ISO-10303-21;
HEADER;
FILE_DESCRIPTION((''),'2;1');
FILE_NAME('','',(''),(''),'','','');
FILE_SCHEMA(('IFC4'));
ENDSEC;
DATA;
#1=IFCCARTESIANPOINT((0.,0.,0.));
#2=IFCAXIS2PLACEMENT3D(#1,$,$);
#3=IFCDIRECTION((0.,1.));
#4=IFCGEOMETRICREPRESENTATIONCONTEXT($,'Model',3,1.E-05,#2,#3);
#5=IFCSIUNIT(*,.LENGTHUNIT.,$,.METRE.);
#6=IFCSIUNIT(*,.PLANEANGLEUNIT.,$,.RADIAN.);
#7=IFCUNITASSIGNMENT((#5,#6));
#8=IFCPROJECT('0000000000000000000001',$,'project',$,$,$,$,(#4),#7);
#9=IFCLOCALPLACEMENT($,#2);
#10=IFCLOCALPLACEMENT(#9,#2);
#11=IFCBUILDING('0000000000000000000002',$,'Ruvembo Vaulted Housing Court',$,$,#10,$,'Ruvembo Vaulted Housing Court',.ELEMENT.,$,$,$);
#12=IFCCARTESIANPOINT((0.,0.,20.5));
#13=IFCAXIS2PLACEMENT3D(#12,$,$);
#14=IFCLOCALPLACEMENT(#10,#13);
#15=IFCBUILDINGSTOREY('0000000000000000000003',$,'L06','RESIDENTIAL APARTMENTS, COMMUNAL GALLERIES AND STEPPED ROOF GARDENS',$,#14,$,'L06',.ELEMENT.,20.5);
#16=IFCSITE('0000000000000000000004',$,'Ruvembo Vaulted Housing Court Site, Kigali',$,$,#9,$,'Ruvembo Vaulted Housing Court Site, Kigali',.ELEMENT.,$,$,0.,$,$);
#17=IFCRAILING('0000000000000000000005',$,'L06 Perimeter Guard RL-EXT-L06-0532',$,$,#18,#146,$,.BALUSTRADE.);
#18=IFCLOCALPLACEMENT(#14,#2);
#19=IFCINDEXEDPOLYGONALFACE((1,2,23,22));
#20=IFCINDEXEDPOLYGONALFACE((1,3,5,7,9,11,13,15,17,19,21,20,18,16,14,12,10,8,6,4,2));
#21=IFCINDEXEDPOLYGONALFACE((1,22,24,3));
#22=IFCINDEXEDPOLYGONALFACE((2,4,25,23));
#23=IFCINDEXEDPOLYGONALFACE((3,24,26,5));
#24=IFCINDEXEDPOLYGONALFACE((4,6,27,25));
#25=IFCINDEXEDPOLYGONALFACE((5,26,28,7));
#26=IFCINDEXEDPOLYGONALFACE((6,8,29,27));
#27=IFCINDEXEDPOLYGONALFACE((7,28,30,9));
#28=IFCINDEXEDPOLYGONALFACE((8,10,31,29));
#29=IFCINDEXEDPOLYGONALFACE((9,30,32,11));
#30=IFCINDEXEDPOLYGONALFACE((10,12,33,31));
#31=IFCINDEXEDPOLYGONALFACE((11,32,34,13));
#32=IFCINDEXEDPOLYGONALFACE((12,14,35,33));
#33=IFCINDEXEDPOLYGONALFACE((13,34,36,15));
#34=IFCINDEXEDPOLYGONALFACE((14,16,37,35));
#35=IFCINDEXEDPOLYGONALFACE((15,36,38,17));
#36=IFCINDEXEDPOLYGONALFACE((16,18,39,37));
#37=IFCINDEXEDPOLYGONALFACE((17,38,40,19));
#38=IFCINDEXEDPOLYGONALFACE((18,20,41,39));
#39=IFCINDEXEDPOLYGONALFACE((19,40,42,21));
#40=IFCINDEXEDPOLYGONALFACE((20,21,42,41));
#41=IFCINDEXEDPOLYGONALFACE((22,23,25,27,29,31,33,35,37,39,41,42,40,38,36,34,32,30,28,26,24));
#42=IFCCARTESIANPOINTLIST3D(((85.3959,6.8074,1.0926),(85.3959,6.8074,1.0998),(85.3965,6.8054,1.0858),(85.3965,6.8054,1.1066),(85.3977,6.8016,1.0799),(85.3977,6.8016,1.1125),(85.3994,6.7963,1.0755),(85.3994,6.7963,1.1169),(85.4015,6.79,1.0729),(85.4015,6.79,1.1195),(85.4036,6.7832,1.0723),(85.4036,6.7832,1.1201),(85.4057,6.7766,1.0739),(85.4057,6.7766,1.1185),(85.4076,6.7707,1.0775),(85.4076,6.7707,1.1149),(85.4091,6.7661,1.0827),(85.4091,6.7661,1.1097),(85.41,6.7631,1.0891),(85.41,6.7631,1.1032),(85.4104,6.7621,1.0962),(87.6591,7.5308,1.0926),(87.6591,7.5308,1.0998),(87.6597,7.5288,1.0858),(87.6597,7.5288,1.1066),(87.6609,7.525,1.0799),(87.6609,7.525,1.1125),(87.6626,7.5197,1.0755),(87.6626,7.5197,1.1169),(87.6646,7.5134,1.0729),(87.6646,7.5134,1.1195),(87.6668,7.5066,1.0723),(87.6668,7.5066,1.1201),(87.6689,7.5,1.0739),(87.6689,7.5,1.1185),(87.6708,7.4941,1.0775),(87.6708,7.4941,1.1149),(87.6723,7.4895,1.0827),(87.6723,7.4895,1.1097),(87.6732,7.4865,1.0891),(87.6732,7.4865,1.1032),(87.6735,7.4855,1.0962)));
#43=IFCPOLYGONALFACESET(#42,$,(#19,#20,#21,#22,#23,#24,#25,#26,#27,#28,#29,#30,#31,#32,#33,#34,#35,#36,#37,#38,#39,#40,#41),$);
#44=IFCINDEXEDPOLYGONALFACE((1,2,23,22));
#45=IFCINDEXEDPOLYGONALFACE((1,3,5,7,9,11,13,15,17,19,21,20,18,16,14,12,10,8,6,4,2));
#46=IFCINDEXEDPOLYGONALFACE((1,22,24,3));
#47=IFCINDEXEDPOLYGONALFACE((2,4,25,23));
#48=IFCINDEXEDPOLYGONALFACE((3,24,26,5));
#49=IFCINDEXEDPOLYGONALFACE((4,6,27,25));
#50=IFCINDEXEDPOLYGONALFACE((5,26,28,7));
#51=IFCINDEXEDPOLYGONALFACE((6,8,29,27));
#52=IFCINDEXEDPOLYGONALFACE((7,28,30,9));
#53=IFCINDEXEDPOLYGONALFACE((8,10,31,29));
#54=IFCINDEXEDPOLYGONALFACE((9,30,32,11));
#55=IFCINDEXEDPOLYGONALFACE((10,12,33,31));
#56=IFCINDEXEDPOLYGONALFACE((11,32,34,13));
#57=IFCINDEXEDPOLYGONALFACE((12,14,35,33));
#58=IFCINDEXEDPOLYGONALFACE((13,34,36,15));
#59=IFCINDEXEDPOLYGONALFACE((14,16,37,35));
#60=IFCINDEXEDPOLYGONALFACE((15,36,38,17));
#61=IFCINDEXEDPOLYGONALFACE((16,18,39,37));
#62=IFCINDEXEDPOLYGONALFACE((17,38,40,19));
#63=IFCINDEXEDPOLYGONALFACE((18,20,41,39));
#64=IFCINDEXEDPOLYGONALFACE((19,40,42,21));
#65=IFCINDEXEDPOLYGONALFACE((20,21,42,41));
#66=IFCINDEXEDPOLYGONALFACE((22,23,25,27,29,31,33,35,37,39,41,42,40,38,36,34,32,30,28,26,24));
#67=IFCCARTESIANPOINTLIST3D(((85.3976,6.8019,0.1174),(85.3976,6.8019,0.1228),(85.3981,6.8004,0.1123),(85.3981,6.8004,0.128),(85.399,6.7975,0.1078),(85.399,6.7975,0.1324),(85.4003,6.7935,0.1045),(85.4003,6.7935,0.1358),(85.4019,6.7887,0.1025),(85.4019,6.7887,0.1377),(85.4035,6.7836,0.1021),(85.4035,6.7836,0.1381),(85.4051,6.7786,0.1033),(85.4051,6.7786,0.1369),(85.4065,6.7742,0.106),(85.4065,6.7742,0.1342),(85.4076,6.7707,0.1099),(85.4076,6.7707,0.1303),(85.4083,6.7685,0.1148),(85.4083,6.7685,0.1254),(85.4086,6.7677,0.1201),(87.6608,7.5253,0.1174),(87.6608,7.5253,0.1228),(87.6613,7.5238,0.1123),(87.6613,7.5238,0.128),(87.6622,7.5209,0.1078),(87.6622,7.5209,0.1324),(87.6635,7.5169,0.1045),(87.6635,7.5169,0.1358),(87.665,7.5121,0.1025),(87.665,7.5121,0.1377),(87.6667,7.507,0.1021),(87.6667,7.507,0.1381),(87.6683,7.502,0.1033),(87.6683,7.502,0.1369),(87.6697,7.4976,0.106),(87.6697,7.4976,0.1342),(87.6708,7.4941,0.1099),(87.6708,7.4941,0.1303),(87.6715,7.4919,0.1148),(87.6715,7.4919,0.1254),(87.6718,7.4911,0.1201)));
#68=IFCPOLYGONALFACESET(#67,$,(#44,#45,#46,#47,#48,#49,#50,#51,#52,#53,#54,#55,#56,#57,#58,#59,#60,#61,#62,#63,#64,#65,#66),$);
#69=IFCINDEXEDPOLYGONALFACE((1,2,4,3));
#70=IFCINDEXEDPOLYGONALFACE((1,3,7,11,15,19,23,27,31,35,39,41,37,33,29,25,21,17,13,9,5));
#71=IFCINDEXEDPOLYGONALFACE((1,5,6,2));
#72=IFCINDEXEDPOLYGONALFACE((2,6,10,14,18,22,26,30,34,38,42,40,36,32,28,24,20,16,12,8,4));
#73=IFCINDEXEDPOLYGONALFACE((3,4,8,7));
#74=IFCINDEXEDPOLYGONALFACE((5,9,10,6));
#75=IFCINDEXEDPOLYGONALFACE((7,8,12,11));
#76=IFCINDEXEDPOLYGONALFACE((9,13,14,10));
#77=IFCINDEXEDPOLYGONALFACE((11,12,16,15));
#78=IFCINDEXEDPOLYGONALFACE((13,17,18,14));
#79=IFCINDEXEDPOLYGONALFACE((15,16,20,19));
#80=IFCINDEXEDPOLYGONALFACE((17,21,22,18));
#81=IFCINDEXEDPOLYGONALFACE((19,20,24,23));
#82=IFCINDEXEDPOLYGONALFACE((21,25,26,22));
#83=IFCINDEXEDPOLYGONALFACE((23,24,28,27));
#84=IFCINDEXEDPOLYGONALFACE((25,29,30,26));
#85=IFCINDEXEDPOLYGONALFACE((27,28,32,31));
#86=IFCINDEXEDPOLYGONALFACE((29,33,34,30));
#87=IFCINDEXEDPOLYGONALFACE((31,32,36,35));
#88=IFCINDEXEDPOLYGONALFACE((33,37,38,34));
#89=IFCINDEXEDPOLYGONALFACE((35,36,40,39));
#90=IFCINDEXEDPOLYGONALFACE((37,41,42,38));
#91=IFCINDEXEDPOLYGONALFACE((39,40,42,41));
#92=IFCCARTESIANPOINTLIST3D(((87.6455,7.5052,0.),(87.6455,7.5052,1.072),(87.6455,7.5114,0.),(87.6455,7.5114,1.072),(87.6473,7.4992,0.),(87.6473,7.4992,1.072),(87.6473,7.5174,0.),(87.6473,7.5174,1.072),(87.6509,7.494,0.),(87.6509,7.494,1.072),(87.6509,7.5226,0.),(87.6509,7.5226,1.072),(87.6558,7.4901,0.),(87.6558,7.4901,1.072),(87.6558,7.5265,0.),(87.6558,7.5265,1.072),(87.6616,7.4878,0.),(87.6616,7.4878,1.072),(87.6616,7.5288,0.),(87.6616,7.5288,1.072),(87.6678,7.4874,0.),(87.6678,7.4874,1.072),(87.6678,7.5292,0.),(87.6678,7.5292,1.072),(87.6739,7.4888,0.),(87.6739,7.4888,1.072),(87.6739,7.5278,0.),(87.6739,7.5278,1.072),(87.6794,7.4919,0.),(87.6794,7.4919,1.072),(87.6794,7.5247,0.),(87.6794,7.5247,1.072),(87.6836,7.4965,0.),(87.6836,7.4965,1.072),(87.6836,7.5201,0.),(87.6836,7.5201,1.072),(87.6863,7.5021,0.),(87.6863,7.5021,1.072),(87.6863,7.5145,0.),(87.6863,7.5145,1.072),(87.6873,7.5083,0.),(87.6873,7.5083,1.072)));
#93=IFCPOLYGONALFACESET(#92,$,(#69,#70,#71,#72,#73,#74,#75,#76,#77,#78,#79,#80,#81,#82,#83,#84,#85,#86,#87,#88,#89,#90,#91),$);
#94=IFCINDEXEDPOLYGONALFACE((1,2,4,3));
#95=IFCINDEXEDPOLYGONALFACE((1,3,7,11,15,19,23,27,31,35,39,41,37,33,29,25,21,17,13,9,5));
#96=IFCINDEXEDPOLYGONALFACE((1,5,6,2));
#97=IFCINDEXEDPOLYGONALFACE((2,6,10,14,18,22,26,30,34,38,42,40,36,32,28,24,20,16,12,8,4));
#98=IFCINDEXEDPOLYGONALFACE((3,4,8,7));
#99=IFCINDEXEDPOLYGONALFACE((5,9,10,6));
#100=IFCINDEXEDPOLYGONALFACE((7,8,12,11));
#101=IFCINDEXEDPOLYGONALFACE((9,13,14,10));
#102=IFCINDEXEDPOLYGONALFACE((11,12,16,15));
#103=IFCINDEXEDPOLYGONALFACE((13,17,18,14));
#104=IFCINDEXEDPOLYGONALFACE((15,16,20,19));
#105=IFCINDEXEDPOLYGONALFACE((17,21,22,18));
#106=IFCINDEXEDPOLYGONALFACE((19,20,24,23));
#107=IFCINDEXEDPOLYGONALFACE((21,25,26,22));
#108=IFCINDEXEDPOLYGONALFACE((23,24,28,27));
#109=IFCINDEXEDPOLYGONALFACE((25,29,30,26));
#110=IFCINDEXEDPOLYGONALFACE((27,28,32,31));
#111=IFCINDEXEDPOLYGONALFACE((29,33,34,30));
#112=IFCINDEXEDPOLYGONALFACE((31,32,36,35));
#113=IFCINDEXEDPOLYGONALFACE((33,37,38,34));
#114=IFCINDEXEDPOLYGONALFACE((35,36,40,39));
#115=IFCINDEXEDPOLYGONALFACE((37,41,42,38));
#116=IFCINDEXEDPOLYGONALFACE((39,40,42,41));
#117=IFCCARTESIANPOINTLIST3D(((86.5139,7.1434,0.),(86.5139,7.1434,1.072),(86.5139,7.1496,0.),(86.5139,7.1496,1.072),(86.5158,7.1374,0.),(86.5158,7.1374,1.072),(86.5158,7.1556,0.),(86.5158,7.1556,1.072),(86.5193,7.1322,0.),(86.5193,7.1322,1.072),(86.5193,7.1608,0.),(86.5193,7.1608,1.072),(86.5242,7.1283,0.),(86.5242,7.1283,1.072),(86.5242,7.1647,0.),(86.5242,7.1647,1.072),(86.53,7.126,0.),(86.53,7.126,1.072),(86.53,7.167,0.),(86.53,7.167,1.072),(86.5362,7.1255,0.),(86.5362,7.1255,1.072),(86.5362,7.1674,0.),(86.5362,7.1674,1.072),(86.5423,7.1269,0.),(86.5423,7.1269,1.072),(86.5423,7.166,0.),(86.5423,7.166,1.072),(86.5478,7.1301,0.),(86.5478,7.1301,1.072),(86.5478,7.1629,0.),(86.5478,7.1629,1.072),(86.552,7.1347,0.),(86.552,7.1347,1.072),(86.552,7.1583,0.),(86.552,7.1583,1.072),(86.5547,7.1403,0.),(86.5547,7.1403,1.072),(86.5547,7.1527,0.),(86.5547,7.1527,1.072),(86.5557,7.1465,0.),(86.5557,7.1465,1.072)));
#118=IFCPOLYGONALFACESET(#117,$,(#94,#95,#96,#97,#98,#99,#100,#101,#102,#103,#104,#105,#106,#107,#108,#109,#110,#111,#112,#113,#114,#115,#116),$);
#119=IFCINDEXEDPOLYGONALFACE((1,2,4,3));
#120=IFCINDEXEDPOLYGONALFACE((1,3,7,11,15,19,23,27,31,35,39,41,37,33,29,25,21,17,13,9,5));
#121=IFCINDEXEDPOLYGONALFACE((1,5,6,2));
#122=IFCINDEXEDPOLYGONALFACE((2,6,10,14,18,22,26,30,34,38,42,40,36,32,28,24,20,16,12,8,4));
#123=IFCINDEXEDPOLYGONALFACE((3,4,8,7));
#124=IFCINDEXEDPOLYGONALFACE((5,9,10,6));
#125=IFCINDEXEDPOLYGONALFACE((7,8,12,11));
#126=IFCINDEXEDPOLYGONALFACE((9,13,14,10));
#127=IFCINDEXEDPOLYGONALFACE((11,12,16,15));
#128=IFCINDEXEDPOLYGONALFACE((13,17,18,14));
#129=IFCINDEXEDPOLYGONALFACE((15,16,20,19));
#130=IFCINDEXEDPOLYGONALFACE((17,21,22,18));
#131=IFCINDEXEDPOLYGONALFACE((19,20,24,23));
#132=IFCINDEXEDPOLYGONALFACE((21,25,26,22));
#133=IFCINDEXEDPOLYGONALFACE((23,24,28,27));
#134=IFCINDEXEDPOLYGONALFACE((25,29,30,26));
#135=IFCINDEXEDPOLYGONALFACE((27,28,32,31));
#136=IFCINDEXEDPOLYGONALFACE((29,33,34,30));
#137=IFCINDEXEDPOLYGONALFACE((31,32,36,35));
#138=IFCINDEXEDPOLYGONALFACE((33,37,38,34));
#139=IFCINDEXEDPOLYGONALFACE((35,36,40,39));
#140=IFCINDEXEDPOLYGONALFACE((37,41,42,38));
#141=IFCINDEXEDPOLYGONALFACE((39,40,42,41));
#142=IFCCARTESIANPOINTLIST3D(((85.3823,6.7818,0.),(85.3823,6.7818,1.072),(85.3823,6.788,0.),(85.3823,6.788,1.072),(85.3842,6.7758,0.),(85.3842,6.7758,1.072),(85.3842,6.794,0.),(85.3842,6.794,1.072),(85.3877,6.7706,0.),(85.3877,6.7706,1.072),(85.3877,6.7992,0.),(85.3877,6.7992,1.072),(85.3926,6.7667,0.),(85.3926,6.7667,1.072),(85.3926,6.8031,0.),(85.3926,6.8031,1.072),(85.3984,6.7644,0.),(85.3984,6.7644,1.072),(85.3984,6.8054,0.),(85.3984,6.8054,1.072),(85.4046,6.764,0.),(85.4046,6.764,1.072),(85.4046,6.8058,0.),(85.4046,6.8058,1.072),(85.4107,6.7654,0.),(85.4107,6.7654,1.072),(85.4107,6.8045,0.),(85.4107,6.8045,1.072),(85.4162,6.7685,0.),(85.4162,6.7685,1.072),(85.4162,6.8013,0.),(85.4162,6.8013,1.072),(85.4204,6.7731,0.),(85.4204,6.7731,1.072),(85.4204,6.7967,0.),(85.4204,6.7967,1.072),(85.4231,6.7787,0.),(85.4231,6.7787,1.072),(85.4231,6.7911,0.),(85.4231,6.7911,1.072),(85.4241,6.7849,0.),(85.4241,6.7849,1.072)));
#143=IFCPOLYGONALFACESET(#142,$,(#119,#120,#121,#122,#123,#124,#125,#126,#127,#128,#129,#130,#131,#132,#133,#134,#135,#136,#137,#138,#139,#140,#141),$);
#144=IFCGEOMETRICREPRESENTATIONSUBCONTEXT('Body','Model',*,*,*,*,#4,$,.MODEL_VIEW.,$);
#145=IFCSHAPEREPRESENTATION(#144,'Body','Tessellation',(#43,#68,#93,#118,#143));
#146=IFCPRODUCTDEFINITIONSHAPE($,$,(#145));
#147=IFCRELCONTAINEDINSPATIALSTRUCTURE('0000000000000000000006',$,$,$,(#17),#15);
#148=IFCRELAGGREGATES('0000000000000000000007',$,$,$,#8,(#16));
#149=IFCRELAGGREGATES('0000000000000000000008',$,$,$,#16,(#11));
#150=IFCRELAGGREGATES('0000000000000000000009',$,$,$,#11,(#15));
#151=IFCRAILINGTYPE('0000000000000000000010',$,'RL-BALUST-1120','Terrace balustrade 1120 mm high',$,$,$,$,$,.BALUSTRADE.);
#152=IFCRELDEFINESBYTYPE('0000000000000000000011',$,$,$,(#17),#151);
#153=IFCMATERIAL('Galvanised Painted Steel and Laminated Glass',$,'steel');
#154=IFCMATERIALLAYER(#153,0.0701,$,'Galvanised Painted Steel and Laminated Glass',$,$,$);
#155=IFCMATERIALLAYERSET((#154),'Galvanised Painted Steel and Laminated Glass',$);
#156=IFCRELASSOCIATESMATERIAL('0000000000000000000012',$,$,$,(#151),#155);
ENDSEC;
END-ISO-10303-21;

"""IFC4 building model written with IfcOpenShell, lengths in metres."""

from ifc_helpers import new_model, si_unit, direction, frame, origin, origin_2d, place, context, subcontext, project, spatial, circle, extrude, material, layer, layer_set, type_object, element, save


model = new_model("IFC4")

# Units and contexts
model_context = context("Model", 3, precision=1e-05, world=origin(), true_north=direction((0.0, 1.0)))
body_context = subcontext(model_context, "Body", "Model", "MODEL_VIEW")
ifc_project = project(units=[si_unit("LENGTHUNIT", "METRE"), si_unit("PLANEANGLEUNIT", "RADIAN")], contexts=[model_context])

# Site, building, storey
site_placement = place(None, origin())
site = spatial("IfcSite", under=ifc_project, at=site_placement, Name="Ruvembo Vaulted Housing Court Site, Kigali", LongName="Ruvembo Vaulted Housing Court Site, Kigali", CompositionType="ELEMENT", RefElevation=0.0)
building_placement = place(site_placement, origin())
building = spatial("IfcBuilding", under=site, at=building_placement, Name="Ruvembo Vaulted Housing Court", LongName="Ruvembo Vaulted Housing Court", CompositionType="ELEMENT")
storey_placement = place(building_placement, frame((0.0, 0.0, 20.5)))
storey = spatial("IfcBuildingStorey", under=building, at=storey_placement, Name="L06", Description="RESIDENTIAL APARTMENTS, COMMUNAL GALLERIES AND STEPPED ROOF GARDENS", LongName="L06", CompositionType="ELEMENT", Elevation=20.5)

# Railing
ifc_material_1 = material(Name="Galvanised Painted Steel and Laminated Glass", Category="steel")
ifc_layer_1 = layer(ifc_material_1, 0.0701, Name="Galvanised Painted Steel and Laminated Glass")
ifc_layer_set_1 = layer_set([ifc_layer_1], Name="Galvanised Painted Steel and Laminated Glass")
railing_type = type_object("IfcRailingType", Name="RL-BALUST-1120", Description="Terrace balustrade 1120 mm high", PredefinedType="BALUSTRADE", material=ifc_layer_set_1)
railing_1_placement = place(storey_placement, frame((87.6663, 7.5083, 0.0)))
element("IfcRailing", 1, at=railing_1_placement, inside=storey, type_object=railing_type, Name="L06 Perimeter Guard RL-EXT-L06-0532", PredefinedType="BALUSTRADE", context=body_context, shape_type="SweptSolid", body=[
    extrude(circle(Radius=0.0239, at=origin_2d()), frame((0.0, 0.0, 1.0962), z_axis=(-0.952526, -0.304459, 0.0), x_axis=(0.304459, -0.952526, 0.0)), (0.0, 0.0, 1.0), 2.376),
    extrude(circle(Radius=0.0181, at=origin_2d()), frame((0.0, 0.0, 0.1201), z_axis=(-0.952526, -0.304459, 0.0), x_axis=(0.304459, -0.952526, 0.0)), (0.0, 0.0, 1.0), 2.376),
    extrude(circle(Radius=0.021, at=origin_2d()), origin(), (0.0, 0.0, 1.0), 1.072),
    extrude(circle(Radius=0.021, at=origin_2d()), frame((-1.1316, -0.3618, 0.0)), (0.0, 0.0, 1.0), 1.072),
    extrude(circle(Radius=0.021, at=origin_2d()), frame((-2.2632, -0.7234, 0.0)), (0.0, 0.0, 1.0), 1.072),
])

save(model, "model.ifc")
